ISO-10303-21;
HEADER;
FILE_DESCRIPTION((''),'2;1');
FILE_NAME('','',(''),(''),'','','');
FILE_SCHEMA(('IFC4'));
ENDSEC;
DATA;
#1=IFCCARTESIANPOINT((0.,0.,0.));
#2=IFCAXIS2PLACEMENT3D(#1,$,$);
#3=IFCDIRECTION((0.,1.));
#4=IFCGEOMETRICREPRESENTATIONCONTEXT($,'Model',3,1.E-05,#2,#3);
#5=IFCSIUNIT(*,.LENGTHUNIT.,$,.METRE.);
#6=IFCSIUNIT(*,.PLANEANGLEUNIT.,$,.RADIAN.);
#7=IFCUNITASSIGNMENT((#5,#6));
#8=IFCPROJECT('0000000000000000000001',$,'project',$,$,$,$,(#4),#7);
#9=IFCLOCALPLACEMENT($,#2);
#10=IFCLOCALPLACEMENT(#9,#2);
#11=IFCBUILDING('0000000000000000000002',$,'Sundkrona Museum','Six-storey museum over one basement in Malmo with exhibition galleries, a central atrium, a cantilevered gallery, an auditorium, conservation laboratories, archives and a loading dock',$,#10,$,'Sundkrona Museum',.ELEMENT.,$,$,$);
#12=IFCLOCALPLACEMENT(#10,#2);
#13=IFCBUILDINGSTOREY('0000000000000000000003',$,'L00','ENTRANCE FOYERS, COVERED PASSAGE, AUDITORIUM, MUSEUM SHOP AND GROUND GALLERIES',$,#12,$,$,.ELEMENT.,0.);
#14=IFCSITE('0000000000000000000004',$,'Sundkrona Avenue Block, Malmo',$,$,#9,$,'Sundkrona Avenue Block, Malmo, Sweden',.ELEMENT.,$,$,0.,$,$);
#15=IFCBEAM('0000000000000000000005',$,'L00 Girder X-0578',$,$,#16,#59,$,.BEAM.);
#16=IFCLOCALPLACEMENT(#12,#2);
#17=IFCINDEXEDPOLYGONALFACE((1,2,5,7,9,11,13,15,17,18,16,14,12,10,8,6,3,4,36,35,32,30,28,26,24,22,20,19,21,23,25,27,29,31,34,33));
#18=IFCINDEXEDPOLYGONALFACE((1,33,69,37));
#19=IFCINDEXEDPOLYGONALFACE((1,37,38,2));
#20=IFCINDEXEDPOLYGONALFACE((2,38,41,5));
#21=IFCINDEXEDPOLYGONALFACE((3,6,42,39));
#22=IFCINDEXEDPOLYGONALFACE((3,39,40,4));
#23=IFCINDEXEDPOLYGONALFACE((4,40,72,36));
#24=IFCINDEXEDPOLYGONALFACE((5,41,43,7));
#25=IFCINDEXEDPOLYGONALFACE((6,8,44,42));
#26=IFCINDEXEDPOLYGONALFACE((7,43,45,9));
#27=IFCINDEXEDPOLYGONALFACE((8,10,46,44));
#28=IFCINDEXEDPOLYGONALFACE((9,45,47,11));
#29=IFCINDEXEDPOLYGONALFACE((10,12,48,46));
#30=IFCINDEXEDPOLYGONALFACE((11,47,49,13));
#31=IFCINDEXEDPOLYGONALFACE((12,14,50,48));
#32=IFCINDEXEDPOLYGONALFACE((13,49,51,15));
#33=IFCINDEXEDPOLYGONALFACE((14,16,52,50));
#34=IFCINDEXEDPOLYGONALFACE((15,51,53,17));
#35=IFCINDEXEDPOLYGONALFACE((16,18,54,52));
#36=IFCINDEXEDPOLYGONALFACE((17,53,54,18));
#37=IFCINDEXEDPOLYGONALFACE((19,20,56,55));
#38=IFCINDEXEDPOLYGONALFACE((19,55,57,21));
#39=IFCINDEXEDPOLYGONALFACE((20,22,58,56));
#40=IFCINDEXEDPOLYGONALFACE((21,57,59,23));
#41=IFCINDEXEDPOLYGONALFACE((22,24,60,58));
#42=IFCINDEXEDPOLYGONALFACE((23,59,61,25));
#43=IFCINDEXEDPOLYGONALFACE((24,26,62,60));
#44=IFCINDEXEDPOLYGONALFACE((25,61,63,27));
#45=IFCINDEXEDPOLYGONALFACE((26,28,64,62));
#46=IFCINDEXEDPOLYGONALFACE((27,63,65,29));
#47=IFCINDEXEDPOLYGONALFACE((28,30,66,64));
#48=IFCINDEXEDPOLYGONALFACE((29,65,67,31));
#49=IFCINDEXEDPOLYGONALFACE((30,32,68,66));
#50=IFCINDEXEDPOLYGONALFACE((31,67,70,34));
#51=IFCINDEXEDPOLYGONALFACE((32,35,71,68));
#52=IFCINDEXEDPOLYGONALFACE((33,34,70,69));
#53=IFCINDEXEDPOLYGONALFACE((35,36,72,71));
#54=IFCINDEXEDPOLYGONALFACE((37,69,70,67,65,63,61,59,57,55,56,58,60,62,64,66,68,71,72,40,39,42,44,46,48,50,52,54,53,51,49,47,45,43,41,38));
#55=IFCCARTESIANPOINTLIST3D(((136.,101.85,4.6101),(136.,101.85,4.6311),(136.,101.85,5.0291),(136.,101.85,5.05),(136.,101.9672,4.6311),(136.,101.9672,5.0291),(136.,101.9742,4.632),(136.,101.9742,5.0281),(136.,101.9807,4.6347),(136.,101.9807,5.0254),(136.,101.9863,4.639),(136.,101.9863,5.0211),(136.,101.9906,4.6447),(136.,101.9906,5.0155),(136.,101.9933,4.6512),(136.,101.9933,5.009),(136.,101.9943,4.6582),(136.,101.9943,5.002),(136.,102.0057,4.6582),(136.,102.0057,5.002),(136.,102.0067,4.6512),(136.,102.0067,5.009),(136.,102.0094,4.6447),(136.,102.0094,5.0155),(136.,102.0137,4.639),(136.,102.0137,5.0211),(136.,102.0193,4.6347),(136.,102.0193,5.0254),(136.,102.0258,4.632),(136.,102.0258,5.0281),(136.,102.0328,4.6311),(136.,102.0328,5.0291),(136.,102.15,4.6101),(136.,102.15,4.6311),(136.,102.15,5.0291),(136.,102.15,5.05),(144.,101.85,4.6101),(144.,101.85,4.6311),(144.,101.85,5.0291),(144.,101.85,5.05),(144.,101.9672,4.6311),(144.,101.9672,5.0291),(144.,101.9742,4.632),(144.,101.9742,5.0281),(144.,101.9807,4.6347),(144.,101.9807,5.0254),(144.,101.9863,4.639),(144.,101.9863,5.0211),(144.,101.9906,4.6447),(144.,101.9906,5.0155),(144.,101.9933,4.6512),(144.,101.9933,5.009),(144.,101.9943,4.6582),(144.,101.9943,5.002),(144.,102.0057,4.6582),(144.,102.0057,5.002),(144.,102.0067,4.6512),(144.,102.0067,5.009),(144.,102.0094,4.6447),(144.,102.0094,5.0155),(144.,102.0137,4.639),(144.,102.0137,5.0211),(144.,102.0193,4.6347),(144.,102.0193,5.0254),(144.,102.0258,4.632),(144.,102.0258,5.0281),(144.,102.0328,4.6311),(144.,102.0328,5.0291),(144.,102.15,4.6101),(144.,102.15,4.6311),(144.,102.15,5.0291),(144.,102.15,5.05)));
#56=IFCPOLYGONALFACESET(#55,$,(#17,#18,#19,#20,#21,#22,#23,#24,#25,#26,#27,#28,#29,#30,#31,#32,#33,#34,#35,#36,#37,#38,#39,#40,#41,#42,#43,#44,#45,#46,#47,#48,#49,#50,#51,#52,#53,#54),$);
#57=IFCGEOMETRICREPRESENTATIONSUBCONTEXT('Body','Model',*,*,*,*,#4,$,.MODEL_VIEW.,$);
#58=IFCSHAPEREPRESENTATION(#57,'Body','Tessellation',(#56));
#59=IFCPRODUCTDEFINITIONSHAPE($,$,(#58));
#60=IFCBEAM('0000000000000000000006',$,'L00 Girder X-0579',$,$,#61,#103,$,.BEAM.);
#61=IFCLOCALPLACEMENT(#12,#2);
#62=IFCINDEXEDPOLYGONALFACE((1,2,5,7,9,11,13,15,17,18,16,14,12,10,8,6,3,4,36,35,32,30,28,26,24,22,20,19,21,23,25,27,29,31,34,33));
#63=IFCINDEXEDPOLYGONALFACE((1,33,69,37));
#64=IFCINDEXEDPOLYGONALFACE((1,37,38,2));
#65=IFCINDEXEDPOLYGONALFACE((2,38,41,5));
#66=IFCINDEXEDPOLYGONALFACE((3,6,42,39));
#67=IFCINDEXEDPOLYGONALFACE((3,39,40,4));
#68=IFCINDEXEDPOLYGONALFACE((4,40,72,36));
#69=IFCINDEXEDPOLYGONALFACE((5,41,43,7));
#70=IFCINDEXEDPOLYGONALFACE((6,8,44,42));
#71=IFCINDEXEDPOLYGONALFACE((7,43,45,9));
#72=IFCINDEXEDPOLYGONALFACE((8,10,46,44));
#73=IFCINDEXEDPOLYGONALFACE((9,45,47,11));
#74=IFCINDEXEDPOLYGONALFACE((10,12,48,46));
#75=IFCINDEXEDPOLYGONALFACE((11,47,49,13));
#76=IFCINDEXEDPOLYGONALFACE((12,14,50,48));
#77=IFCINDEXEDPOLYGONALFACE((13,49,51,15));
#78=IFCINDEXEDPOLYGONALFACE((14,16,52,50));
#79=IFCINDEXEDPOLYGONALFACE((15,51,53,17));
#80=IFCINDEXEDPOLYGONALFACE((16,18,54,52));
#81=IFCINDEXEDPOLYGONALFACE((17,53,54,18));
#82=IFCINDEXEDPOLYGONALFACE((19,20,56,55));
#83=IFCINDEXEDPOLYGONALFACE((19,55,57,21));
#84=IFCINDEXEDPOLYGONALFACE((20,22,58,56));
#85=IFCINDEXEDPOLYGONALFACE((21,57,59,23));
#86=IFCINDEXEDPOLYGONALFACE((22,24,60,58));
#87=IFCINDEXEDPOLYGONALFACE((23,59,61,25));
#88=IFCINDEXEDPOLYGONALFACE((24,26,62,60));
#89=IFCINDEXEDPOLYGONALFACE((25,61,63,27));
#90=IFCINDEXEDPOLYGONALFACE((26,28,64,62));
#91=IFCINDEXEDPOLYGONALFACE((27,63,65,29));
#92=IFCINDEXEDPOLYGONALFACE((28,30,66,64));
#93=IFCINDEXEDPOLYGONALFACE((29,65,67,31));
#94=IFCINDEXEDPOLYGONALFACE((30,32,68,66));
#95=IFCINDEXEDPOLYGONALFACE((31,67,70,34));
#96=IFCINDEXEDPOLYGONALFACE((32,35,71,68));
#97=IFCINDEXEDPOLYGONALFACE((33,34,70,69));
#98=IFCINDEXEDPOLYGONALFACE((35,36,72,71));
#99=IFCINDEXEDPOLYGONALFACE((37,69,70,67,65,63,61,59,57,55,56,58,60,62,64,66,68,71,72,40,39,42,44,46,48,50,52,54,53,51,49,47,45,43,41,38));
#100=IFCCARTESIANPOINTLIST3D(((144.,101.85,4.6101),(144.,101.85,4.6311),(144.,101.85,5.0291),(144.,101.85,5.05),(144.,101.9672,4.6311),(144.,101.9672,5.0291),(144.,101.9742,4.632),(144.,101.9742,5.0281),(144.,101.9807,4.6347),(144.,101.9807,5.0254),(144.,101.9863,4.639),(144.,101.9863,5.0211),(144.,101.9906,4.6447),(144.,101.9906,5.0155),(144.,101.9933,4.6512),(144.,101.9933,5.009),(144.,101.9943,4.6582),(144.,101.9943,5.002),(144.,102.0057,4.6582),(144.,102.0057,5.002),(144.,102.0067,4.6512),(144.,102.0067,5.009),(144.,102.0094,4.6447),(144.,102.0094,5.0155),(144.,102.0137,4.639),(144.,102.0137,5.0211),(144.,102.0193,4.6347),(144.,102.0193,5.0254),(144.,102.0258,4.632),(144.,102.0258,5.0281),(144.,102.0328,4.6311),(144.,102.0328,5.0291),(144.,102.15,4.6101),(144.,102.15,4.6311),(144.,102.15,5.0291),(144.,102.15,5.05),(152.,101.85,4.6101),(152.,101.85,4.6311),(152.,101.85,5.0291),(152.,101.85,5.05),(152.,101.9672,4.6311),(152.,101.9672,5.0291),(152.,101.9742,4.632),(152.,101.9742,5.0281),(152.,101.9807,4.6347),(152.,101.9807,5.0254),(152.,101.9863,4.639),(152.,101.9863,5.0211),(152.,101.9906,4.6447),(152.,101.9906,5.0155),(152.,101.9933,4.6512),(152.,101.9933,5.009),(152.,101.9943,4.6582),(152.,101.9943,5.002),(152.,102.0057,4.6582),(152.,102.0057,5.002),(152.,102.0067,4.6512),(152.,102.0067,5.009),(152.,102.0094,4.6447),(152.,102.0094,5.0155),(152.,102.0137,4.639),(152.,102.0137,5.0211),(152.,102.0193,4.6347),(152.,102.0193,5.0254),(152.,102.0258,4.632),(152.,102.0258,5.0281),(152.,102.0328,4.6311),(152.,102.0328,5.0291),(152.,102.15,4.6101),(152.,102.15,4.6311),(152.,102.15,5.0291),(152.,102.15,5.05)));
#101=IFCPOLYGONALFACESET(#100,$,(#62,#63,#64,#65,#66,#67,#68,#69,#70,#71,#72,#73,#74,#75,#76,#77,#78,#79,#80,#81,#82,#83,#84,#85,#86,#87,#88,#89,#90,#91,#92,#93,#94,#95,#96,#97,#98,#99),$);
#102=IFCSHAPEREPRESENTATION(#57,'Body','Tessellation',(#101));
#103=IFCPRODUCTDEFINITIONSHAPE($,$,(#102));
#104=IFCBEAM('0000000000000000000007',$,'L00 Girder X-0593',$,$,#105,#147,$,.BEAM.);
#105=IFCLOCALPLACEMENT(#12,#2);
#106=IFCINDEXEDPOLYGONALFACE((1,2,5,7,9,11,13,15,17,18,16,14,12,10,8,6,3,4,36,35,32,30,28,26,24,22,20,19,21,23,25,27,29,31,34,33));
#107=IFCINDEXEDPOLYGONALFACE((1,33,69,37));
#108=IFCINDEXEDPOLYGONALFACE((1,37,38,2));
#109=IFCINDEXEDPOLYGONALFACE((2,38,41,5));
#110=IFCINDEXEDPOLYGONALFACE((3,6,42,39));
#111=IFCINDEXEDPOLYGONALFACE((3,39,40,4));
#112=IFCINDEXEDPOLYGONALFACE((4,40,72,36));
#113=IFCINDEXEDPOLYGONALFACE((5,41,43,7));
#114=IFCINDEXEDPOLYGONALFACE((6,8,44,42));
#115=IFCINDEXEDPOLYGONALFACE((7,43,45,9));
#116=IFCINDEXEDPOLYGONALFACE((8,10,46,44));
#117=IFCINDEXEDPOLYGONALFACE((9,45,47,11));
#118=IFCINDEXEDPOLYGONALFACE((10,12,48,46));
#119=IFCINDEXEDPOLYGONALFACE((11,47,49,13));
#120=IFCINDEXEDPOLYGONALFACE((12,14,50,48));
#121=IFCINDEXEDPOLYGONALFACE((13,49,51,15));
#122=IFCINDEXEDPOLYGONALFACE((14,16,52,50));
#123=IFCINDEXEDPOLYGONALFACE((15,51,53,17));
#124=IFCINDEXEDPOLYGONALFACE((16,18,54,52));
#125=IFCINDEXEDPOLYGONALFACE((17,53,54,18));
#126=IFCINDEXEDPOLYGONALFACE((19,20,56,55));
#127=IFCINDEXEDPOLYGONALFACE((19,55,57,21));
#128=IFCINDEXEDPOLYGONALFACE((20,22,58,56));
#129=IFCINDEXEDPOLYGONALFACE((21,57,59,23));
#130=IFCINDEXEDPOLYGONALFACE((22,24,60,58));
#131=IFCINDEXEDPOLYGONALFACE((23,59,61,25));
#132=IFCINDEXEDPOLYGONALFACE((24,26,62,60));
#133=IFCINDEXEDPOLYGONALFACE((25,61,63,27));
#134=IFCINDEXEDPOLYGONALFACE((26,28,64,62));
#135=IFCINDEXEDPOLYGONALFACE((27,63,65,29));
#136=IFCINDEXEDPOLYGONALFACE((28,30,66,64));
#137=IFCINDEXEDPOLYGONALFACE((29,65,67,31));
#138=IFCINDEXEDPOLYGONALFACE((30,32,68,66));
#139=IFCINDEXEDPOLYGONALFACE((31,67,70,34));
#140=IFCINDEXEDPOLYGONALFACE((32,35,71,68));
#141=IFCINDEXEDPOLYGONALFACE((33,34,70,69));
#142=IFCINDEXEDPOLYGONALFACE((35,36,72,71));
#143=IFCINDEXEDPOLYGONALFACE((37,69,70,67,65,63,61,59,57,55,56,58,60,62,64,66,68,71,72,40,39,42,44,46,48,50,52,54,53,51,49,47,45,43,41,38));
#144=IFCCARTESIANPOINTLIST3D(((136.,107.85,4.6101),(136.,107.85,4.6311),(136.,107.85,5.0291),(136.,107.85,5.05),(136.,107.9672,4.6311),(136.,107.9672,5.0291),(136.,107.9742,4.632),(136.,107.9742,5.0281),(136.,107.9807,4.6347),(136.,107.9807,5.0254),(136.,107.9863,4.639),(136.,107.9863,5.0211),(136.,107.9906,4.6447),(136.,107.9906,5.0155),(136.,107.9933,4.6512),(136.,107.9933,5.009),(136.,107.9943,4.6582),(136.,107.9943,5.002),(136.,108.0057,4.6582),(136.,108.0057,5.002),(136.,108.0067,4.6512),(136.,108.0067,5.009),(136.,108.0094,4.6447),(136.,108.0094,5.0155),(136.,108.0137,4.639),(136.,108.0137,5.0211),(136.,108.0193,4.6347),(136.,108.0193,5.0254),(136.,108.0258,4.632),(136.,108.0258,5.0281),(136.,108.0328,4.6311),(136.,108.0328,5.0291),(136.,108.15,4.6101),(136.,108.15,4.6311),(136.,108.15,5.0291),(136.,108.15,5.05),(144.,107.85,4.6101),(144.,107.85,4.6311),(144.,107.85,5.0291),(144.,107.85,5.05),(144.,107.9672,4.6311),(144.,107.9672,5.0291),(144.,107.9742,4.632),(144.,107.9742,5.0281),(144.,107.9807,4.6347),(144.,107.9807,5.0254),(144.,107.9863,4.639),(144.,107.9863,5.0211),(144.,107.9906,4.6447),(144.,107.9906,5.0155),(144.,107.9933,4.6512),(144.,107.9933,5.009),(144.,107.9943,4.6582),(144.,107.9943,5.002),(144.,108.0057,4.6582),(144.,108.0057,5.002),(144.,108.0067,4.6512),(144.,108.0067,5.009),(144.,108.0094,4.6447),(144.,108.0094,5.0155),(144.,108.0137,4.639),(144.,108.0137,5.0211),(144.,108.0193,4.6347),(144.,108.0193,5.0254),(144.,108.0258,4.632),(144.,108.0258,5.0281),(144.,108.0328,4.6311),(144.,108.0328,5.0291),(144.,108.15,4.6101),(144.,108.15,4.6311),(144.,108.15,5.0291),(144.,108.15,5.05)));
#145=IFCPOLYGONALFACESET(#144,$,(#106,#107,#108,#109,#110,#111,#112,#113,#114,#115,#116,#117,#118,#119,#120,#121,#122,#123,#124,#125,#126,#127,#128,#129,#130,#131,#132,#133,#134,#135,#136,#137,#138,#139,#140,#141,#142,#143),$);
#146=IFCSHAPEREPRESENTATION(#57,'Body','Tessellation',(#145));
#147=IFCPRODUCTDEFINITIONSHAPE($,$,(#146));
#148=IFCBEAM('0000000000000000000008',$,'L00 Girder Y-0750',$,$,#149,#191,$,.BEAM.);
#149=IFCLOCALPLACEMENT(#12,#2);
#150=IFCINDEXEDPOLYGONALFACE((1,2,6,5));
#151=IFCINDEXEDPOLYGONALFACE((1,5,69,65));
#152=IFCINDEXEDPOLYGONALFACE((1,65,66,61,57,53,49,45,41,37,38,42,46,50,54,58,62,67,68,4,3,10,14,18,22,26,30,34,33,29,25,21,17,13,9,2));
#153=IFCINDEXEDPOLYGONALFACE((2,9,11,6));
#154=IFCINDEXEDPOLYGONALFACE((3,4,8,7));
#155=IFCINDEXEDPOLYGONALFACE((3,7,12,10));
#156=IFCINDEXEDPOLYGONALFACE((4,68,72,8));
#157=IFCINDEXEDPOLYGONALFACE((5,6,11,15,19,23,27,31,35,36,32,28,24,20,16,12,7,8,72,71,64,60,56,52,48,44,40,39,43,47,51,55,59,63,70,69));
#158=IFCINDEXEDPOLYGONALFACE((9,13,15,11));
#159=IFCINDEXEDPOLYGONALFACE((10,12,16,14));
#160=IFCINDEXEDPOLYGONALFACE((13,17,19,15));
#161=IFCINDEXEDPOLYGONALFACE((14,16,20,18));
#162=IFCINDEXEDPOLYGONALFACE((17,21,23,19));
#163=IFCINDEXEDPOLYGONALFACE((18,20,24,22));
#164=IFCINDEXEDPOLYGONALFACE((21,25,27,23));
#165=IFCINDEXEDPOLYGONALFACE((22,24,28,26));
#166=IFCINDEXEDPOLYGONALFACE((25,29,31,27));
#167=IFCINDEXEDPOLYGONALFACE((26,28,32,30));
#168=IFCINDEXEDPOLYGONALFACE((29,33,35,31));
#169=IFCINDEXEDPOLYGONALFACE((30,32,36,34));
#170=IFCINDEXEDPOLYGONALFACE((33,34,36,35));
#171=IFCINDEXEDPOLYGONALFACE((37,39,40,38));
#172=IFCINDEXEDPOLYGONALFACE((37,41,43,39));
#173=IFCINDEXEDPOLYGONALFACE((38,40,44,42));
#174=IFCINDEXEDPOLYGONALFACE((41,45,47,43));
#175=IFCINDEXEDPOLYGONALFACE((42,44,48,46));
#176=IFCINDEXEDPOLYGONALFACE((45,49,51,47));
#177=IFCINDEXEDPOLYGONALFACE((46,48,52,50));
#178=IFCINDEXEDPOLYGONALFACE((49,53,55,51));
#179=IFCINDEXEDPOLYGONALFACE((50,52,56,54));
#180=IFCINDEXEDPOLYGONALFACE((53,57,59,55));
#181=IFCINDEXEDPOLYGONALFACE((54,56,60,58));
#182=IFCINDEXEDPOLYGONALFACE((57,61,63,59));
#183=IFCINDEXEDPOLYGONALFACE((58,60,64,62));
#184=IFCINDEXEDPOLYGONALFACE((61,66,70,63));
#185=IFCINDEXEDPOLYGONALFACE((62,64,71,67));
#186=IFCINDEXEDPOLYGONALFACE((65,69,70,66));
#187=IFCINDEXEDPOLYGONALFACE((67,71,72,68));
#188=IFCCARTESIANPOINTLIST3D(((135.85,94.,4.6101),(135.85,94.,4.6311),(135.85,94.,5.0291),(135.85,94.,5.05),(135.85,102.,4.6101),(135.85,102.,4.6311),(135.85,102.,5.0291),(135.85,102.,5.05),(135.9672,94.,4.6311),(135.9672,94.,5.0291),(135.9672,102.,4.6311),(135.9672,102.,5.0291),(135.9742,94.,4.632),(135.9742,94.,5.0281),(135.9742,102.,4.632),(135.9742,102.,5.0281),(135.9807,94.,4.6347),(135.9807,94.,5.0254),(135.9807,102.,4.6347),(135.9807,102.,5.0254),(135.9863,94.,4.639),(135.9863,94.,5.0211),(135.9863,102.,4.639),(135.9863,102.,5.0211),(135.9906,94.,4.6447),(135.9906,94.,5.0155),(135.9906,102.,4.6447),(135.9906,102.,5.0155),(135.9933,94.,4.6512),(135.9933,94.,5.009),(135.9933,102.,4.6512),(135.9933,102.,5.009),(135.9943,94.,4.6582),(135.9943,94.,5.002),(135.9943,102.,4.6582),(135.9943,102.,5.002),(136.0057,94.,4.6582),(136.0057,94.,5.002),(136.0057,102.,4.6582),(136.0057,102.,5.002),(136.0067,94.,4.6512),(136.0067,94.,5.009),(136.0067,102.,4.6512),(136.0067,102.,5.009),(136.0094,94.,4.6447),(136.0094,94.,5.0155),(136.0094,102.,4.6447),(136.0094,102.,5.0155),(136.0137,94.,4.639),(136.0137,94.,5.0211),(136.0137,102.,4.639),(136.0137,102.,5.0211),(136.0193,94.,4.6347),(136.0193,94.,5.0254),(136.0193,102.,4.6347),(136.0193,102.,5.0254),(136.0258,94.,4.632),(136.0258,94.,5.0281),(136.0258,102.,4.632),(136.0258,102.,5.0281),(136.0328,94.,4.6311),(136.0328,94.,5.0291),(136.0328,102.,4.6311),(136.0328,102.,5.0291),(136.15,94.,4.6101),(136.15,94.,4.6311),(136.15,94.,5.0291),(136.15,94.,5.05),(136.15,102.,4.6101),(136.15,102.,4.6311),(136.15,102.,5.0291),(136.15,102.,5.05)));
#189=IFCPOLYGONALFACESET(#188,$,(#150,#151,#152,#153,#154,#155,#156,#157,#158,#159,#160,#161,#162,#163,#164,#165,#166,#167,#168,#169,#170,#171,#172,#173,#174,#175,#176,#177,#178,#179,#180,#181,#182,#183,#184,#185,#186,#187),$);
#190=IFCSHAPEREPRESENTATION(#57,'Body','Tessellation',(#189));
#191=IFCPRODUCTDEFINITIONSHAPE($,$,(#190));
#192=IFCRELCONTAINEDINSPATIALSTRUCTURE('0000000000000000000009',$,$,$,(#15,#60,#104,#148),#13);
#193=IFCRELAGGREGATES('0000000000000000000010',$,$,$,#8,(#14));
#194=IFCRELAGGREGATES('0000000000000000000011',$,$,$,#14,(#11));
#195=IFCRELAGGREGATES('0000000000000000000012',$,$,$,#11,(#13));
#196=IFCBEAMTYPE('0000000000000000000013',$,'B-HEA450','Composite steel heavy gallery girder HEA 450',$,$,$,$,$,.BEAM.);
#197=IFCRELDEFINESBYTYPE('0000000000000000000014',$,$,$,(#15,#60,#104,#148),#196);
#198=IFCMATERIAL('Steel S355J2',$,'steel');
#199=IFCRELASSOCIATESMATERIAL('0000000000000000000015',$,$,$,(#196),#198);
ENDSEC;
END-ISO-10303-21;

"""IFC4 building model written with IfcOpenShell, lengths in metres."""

from ifc_helpers import new_model, si_unit, direction, frame, origin, origin_2d, place, context, subcontext, project, spatial, i_section, extrude, material, material_profile, profile_set, type_object, element, save


model = new_model("IFC4")

# Units and contexts
model_context = context("Model", 3, precision=1e-05, world=origin(), true_north=direction((0.0, 1.0)))
body_context = subcontext(model_context, "Body", "Model", "MODEL_VIEW")
ifc_project = project(units=[si_unit("LENGTHUNIT", "METRE"), si_unit("PLANEANGLEUNIT", "RADIAN")], contexts=[model_context])

# Site, building, storey
site_placement = place(None, origin())
site = spatial("IfcSite", under=ifc_project, at=site_placement, Name="Sundkrona Avenue Block, Malmo", LongName="Sundkrona Avenue Block, Malmo, Sweden", CompositionType="ELEMENT", RefElevation=0.0)
building_placement = place(site_placement, origin())
building = spatial("IfcBuilding", under=site, at=building_placement, Name="Sundkrona Museum", Description="Six-storey museum over one basement in Malmo with exhibition galleries, a central atrium, a cantilevered gallery, an auditorium, conservation laboratories, archives and a loading dock", LongName="Sundkrona Museum", CompositionType="ELEMENT")
storey_placement = place(building_placement, origin())
storey = spatial("IfcBuildingStorey", under=building, at=storey_placement, Name="L00", Description="ENTRANCE FOYERS, COVERED PASSAGE, AUDITORIUM, MUSEUM SHOP AND GROUND GALLERIES", CompositionType="ELEMENT", Elevation=0.0)

# Shared definitions
ifc_material = material(Name="Steel S355J2", Category="steel")

# Beams
ifc_material_profile_1 = material_profile(ifc_material, i_section(OverallWidth=0.3, OverallDepth=0.4399, WebThickness=0.0115, FlangeThickness=0.021, FilletRadius=0.0271, at=origin_2d()), Name="HEA 450")
ifc_profile_set_1 = profile_set([ifc_material_profile_1], Name="Steel S355J2")
beam_type_1 = type_object("IfcBeamType", Name="B-HEA450", Description="Composite steel heavy gallery girder HEA 450", PredefinedType="BEAM", material=ifc_profile_set_1)
for number, where, z_axis, x_axis, name in (
    (1, (136.0, 102.0, 4.8301), (1.0, 0.0, 0.0), (0.0, 1.0, 0.0), "L00 Girder X-0578"),
    (2, (144.0, 102.0, 4.8301), (1.0, 0.0, 0.0), (0.0, 1.0, 0.0), "L00 Girder X-0579"),
    (3, (136.0, 108.0, 4.8301), (1.0, 0.0, 0.0), (0.0, 1.0, 0.0), "L00 Girder X-0593"),
    (4, (136.0, 94.0, 4.8301), (0.0, 1.0, 0.0), (-1.0, 0.0, 0.0), "L00 Girder Y-0750"),
):
    element("IfcBeam", number, at=place(storey_placement, frame(where, z_axis=z_axis, x_axis=x_axis)), inside=storey, type_object=beam_type_1, Name=name, PredefinedType="BEAM", context=body_context, shape_type="SweptSolid", body=[
        extrude(i_section(OverallWidth=0.3, OverallDepth=0.4399, WebThickness=0.0115, FlangeThickness=0.021, FilletRadius=0.0271, at=origin_2d()), origin(), (0.0, 0.0, 1.0), 8.0),
    ])

save(model, "model.ifc")
